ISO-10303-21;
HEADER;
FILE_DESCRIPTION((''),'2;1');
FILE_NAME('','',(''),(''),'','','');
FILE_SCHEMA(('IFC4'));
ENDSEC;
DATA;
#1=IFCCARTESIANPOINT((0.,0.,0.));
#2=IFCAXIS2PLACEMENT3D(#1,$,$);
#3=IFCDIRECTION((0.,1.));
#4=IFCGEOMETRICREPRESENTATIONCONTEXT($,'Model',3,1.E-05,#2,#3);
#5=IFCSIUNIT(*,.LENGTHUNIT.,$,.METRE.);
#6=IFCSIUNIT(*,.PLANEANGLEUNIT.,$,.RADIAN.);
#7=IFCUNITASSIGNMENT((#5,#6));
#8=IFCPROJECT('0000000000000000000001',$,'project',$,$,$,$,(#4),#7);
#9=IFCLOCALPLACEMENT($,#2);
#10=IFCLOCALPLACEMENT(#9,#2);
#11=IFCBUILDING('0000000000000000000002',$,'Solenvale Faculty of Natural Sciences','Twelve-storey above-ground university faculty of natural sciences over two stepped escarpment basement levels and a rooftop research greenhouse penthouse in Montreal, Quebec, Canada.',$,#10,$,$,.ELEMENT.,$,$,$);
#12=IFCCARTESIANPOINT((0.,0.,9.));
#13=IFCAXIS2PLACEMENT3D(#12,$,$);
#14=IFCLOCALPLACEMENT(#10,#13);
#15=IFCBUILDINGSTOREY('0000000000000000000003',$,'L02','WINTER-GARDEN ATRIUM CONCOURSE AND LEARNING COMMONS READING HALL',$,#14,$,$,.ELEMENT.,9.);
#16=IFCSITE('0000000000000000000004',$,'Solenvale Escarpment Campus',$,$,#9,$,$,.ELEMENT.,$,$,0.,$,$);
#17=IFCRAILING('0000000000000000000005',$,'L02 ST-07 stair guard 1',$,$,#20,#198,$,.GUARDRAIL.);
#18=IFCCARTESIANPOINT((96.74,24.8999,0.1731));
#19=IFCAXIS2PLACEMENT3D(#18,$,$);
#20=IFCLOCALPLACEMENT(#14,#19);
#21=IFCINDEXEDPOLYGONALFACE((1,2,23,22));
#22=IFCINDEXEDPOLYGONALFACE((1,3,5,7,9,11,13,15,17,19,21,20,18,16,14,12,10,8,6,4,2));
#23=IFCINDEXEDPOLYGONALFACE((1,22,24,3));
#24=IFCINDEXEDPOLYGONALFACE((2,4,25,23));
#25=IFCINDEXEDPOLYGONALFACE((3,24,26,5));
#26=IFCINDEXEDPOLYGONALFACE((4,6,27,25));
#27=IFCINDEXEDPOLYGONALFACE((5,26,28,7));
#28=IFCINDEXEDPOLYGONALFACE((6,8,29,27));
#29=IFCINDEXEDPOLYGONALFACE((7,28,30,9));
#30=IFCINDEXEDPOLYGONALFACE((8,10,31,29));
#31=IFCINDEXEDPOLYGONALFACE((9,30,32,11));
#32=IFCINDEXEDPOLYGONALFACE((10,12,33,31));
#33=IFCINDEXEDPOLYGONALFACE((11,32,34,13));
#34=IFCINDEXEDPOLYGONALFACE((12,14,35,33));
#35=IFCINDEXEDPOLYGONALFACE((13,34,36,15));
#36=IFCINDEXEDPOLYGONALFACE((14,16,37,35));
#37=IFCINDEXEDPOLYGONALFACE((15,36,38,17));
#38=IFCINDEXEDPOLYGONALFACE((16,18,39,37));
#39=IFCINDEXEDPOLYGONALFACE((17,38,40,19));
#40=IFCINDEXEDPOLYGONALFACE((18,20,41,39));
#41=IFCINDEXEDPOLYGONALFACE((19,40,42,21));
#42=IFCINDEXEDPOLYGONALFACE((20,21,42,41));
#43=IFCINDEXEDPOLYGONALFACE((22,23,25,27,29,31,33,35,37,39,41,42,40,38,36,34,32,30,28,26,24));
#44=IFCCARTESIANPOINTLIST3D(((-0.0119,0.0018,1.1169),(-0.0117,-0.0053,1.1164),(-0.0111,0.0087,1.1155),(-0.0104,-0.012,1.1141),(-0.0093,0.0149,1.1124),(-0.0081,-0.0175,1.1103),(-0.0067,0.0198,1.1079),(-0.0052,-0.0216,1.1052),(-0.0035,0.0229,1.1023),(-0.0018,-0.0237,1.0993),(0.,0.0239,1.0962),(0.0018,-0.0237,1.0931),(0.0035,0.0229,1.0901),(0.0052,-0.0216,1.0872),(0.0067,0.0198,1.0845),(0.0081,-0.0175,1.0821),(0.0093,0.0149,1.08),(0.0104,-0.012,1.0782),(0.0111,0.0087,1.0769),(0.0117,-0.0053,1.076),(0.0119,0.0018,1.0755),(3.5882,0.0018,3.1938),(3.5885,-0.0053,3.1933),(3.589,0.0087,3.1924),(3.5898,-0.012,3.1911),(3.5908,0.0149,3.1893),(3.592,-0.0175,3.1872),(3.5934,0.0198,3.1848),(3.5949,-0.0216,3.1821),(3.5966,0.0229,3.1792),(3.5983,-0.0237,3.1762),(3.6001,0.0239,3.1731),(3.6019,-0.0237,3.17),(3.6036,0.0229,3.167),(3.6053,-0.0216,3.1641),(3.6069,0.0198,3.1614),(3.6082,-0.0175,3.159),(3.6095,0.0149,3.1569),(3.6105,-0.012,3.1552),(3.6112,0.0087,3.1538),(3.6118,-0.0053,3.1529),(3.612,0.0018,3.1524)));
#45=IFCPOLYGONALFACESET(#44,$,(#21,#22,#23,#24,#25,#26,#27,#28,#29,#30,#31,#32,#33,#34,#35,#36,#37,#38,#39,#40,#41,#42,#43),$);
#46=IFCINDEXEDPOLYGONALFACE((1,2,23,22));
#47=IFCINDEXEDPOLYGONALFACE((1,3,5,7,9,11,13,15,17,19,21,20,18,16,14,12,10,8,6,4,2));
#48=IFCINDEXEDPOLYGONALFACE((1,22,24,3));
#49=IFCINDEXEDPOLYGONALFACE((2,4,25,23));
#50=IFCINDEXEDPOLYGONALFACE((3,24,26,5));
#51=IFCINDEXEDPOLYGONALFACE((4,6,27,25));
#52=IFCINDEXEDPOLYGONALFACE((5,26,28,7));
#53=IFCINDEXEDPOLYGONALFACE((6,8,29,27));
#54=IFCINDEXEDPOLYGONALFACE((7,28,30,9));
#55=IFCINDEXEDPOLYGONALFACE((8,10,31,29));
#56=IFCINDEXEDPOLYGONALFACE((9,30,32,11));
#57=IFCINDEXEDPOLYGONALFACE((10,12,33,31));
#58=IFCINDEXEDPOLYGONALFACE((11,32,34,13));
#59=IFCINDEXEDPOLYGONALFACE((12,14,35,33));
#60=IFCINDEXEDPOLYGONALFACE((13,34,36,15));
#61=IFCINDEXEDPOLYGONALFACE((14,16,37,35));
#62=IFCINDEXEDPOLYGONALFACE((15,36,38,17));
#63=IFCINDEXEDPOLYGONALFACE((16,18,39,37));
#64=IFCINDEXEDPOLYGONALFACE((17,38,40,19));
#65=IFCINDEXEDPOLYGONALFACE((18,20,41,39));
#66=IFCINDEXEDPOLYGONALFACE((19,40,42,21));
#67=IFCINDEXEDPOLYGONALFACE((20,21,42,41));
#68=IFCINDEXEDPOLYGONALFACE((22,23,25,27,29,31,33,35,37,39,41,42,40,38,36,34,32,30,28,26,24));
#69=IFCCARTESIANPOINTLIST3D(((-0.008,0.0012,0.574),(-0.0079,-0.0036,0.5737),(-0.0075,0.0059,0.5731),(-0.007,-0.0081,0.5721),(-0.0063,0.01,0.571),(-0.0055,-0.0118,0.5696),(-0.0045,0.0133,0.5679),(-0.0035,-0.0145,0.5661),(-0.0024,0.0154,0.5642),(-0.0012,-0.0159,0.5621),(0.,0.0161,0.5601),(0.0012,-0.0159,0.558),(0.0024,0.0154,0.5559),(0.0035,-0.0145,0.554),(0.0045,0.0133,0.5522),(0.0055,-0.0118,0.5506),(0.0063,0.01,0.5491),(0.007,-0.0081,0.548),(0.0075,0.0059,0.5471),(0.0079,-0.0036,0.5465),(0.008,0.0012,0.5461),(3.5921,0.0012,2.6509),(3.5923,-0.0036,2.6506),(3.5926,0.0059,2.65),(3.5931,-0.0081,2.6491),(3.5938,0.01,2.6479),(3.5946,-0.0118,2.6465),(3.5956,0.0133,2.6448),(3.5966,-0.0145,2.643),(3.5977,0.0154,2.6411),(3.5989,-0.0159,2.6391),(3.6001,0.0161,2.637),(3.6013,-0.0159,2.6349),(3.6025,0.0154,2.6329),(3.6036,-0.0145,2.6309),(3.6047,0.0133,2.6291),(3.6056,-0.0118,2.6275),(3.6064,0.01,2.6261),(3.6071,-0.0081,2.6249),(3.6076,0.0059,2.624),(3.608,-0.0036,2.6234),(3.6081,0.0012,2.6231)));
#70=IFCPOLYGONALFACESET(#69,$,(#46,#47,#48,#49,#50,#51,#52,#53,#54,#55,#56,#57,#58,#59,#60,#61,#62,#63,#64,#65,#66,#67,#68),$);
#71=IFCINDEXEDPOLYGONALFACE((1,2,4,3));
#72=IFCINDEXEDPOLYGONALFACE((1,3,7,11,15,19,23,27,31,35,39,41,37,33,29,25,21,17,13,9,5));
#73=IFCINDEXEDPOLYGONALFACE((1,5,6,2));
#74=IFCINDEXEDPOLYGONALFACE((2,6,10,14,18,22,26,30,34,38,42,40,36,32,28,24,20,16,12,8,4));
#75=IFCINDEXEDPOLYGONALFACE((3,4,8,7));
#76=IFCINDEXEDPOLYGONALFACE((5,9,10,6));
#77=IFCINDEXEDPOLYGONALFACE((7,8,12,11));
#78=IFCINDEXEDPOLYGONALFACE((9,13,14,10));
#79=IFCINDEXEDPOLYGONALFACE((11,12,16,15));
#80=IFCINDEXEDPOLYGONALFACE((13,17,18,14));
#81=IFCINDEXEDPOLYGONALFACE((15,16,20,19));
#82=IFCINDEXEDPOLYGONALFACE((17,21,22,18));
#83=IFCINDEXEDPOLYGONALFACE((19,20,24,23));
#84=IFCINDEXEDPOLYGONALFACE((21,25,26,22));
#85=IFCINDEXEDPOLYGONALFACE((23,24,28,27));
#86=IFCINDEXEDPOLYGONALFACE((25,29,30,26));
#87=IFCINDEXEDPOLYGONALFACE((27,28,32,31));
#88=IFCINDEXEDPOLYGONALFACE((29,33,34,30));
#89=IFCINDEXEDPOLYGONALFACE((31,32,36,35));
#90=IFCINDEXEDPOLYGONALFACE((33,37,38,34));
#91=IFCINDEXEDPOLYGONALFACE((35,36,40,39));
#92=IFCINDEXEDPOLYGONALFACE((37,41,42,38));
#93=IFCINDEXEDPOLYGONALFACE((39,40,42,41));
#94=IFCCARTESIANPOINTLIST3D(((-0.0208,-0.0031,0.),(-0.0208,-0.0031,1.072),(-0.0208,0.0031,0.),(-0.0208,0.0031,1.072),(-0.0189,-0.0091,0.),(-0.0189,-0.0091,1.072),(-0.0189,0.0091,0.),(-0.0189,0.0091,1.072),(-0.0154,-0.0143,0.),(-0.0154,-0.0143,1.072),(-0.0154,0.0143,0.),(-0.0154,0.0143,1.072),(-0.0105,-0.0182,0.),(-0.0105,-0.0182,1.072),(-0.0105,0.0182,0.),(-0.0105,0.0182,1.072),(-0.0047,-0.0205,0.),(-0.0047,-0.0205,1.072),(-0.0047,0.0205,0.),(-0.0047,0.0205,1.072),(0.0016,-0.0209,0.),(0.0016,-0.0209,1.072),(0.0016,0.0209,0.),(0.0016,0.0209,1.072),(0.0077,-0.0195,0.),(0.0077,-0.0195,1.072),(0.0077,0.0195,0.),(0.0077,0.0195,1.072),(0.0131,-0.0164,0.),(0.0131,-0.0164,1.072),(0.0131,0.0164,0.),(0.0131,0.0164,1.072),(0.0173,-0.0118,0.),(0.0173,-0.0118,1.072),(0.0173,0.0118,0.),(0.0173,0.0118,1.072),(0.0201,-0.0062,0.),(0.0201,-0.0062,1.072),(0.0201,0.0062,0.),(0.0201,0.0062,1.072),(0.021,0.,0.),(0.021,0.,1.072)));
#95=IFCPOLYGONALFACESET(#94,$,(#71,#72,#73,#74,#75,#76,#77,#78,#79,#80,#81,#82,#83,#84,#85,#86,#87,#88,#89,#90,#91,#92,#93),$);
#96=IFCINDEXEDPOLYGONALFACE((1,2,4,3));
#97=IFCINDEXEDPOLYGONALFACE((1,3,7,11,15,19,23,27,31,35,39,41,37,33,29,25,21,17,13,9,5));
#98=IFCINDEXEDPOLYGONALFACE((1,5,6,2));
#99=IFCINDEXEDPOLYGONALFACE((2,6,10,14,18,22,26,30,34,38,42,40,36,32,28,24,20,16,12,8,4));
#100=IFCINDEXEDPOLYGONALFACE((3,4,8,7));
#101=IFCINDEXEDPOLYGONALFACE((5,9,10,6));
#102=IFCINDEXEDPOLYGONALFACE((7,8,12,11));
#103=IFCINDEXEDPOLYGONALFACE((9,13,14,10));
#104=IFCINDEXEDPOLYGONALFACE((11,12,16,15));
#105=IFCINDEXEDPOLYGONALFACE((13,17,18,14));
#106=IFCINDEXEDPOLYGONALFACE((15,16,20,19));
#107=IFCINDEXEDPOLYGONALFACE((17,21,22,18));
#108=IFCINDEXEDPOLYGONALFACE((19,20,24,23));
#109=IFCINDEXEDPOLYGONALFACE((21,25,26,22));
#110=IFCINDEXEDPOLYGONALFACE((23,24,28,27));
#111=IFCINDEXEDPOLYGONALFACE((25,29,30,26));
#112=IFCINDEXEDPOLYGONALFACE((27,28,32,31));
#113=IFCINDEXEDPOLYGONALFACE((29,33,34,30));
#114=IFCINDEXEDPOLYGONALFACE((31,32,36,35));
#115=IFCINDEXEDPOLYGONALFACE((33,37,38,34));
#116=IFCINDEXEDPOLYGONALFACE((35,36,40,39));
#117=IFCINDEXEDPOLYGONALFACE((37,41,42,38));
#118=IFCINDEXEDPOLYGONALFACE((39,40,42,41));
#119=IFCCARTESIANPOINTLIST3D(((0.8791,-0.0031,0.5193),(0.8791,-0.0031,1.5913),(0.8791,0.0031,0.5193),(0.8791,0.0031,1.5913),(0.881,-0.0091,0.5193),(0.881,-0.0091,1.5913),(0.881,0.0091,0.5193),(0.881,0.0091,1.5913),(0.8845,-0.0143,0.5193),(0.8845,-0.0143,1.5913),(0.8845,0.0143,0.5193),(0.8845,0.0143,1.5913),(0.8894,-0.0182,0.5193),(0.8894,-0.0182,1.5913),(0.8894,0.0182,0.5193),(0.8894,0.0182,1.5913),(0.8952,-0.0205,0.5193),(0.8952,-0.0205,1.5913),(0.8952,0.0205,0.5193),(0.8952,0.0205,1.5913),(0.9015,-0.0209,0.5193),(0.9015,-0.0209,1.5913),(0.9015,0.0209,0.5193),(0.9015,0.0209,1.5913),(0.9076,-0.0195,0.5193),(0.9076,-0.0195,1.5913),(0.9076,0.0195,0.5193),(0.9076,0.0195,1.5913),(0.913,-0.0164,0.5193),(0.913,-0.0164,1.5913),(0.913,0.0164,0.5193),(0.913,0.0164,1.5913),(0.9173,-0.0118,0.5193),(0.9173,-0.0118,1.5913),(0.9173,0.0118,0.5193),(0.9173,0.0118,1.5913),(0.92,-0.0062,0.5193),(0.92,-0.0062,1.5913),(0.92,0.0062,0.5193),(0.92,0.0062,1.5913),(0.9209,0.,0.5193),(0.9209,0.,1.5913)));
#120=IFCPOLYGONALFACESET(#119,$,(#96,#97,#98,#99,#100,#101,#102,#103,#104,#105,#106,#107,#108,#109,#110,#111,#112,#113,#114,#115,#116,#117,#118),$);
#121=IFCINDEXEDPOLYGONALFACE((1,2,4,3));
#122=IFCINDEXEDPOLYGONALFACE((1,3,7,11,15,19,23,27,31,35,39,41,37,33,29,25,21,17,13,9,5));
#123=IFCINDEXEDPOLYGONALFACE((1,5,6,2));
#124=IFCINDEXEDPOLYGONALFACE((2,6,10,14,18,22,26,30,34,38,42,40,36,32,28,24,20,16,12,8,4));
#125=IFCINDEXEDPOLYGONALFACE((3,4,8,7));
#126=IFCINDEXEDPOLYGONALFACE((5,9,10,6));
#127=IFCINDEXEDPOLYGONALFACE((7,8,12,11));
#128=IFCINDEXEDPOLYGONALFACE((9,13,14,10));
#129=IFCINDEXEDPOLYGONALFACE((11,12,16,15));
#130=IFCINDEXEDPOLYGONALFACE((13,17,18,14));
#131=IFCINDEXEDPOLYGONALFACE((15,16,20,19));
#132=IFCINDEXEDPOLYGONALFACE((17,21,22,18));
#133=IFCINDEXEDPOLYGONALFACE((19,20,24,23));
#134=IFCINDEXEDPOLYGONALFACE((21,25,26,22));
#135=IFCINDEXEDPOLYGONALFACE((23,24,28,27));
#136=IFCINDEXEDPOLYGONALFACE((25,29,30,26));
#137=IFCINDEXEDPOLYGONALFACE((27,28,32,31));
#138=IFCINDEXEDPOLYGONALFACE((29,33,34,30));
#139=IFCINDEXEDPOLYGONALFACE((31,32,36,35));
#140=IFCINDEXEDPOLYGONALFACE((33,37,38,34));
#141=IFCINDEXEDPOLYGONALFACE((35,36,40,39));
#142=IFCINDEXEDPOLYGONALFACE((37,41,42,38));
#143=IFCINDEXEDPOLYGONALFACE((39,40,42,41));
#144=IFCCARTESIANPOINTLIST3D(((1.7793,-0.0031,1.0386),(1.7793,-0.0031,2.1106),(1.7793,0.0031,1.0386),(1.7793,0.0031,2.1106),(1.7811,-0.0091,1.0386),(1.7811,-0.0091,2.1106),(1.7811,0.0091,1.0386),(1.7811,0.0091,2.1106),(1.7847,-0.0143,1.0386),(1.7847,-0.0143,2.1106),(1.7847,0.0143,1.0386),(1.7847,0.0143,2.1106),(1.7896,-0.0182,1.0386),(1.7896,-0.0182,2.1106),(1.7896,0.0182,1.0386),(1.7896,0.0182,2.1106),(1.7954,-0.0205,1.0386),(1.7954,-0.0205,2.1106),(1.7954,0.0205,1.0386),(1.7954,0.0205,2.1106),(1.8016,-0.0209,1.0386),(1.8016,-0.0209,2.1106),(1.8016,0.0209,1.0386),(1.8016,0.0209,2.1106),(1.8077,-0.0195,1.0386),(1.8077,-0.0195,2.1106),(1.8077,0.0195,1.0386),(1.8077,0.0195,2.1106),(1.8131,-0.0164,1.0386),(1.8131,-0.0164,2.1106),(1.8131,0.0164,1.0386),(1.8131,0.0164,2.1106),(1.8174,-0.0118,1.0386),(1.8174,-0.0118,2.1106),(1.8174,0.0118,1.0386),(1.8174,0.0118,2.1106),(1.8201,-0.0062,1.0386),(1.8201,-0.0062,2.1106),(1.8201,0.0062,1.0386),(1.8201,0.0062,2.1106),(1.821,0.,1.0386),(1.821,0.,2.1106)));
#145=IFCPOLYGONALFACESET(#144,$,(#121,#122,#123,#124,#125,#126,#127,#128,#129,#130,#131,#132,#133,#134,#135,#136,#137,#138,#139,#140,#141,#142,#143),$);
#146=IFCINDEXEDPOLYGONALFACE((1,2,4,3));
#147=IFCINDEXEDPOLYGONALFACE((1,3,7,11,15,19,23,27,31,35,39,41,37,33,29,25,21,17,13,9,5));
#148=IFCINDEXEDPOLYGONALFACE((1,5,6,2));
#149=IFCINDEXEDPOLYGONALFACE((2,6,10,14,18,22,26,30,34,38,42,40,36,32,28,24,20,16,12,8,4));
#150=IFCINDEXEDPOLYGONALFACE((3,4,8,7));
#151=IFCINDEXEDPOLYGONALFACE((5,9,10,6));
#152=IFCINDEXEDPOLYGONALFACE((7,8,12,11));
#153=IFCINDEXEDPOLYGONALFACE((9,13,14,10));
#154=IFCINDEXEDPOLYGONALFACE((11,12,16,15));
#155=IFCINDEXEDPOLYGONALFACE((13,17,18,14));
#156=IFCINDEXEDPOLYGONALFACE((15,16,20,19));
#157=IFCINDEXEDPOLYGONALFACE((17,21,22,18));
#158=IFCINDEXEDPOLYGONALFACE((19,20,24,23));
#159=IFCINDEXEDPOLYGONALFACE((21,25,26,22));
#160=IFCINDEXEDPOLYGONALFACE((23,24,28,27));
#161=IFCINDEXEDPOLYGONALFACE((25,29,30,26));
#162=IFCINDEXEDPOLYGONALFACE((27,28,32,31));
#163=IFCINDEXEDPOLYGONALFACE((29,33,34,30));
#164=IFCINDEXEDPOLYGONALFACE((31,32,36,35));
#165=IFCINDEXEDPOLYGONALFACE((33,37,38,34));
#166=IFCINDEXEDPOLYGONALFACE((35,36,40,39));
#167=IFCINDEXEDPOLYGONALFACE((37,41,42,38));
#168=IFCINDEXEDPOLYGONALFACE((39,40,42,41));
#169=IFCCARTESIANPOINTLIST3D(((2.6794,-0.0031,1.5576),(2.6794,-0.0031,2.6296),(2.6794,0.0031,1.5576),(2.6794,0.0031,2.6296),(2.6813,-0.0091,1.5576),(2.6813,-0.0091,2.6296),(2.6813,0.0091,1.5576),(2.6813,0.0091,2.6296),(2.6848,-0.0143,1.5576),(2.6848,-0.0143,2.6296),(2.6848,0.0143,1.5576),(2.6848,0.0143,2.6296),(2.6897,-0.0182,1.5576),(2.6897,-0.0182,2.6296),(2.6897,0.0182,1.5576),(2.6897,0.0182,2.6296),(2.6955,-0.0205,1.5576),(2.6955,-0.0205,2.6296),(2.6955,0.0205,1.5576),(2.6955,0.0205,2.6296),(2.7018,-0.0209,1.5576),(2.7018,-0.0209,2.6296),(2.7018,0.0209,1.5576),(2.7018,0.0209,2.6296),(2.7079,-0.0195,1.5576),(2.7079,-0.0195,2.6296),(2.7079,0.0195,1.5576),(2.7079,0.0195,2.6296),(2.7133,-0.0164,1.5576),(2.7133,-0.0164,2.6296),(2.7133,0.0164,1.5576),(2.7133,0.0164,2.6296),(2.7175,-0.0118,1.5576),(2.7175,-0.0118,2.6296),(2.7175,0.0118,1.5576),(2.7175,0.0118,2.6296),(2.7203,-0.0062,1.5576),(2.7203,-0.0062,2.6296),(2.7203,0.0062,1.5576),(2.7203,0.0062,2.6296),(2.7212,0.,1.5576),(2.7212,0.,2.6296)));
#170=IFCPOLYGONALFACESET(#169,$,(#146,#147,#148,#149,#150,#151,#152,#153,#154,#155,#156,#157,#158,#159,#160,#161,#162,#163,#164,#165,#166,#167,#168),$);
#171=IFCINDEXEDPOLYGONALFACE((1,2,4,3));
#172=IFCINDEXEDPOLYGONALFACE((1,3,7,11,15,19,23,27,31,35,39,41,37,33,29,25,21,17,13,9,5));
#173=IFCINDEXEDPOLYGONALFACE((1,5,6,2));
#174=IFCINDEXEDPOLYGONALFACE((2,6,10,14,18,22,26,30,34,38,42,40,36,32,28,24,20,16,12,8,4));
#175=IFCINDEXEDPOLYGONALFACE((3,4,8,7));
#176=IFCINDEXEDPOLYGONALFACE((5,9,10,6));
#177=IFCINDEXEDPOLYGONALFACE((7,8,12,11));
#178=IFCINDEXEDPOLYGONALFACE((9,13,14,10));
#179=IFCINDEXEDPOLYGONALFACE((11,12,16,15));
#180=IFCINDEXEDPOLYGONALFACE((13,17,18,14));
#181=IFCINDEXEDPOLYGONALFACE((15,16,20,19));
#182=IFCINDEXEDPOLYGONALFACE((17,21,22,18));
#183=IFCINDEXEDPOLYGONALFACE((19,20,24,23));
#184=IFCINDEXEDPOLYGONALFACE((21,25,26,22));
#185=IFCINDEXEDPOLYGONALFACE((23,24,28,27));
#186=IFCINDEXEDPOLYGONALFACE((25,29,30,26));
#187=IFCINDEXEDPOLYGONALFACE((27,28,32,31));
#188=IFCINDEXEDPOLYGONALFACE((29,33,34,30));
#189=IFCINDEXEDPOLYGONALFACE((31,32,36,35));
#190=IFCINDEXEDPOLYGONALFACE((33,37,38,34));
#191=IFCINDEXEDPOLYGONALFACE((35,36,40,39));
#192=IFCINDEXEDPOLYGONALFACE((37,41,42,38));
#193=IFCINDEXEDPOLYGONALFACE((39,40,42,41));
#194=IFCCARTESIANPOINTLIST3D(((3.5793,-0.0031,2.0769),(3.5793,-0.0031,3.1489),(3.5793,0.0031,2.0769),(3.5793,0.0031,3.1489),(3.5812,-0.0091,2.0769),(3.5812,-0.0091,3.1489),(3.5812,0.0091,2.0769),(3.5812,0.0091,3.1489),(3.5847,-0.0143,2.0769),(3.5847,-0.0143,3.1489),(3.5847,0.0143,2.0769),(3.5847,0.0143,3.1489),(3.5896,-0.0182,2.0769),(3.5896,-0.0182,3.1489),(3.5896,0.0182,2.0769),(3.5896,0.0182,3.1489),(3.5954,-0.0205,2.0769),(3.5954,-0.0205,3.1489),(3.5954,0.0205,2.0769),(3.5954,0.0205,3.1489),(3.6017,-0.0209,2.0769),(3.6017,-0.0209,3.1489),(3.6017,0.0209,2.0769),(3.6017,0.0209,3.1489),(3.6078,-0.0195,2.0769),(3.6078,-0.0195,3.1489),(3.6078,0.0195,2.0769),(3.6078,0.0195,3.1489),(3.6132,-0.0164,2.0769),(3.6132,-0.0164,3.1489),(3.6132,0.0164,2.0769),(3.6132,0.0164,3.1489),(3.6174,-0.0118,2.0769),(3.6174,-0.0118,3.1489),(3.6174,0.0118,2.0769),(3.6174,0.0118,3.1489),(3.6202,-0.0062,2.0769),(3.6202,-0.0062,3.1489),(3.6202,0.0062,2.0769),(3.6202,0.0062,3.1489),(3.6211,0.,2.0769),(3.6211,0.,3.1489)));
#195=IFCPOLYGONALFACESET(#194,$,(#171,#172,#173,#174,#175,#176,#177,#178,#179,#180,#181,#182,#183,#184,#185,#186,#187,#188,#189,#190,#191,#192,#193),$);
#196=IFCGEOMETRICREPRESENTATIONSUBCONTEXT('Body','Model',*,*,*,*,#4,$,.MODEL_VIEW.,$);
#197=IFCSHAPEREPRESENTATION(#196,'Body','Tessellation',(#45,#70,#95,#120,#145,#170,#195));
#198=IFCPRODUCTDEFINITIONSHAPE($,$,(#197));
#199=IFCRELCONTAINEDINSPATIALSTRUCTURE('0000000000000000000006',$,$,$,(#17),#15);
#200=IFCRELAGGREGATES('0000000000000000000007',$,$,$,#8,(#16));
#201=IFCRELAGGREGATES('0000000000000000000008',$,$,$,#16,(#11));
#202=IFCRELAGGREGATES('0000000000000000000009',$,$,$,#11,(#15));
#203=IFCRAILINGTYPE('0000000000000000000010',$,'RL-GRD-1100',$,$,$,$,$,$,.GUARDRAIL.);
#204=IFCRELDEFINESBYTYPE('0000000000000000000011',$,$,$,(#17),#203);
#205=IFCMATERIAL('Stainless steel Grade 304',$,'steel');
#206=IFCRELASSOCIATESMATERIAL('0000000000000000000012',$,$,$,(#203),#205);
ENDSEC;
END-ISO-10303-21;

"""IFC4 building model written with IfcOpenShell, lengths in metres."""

from ifc_helpers import new_model, si_unit, direction, frame, origin, origin_2d, place, context, subcontext, project, spatial, circle, extrude, material, type_object, element, save


model = new_model("IFC4")

# Units and contexts
model_context = context("Model", 3, precision=1e-05, world=origin(), true_north=direction((0.0, 1.0)))
body_context = subcontext(model_context, "Body", "Model", "MODEL_VIEW")
ifc_project = project(units=[si_unit("LENGTHUNIT", "METRE"), si_unit("PLANEANGLEUNIT", "RADIAN")], contexts=[model_context])

# Site, building, storey
site_placement = place(None, origin())
site = spatial("IfcSite", under=ifc_project, at=site_placement, Name="Solenvale Escarpment Campus", CompositionType="ELEMENT", RefElevation=0.0)
building_placement = place(site_placement, origin())
building = spatial("IfcBuilding", under=site, at=building_placement, Name="Solenvale Faculty of Natural Sciences", Description="Twelve-storey above-ground university faculty of natural sciences over two stepped escarpment basement levels and a rooftop research greenhouse penthouse in Montreal, Quebec, Canada.", CompositionType="ELEMENT")
storey_placement = place(building_placement, frame((0.0, 0.0, 9.0)))
storey = spatial("IfcBuildingStorey", under=building, at=storey_placement, Name="L02", Description="WINTER-GARDEN ATRIUM CONCOURSE AND LEARNING COMMONS READING HALL", CompositionType="ELEMENT", Elevation=9.0)

# Railing
ifc_material_1 = material(Name="Stainless steel Grade 304", Category="steel")
railing_type_1 = type_object("IfcRailingType", Name="RL-GRD-1100", PredefinedType="GUARDRAIL", material=ifc_material_1)
railing_1_placement = place(storey_placement, frame((96.74, 24.8999, 0.1731)))
element("IfcRailing", 1, at=railing_1_placement, inside=storey, type_object=railing_type_1, Name="L02 ST-07 stair guard 1", PredefinedType="GUARDRAIL", context=body_context, shape_type="SweptSolid", body=[
    extrude(circle(Radius=0.0239, at=origin_2d()), frame((0.0, 0.0, 1.0962), z_axis=(0.866193, 0.0, 0.499709), x_axis=(0.0, 1.0, 0.0)), (0.0, 0.0, 1.0), 4.1562),
    extrude(circle(Radius=0.0161, at=origin_2d()), frame((0.0, 0.0, 0.5601), z_axis=(0.866193, 0.0, 0.499709), x_axis=(0.0, 1.0, 0.0)), (0.0, 0.0, 1.0), 4.1562),
    extrude(circle(Radius=0.021, at=origin_2d()), origin(), (0.0, 0.0, 1.0), 1.072),
    extrude(circle(Radius=0.021, at=origin_2d()), frame((0.8999, 0.0, 0.5193)), (0.0, 0.0, 1.0), 1.072),
    extrude(circle(Radius=0.021, at=origin_2d()), frame((1.8, 0.0, 1.0386)), (0.0, 0.0, 1.0), 1.072),
    extrude(circle(Radius=0.021, at=origin_2d()), frame((2.7002, 0.0, 1.5576)), (0.0, 0.0, 1.0), 1.072),
    extrude(circle(Radius=0.021, at=origin_2d()), frame((3.6001, 0.0, 2.0769)), (0.0, 0.0, 1.0), 1.072),
])

save(model, "model.ifc")
